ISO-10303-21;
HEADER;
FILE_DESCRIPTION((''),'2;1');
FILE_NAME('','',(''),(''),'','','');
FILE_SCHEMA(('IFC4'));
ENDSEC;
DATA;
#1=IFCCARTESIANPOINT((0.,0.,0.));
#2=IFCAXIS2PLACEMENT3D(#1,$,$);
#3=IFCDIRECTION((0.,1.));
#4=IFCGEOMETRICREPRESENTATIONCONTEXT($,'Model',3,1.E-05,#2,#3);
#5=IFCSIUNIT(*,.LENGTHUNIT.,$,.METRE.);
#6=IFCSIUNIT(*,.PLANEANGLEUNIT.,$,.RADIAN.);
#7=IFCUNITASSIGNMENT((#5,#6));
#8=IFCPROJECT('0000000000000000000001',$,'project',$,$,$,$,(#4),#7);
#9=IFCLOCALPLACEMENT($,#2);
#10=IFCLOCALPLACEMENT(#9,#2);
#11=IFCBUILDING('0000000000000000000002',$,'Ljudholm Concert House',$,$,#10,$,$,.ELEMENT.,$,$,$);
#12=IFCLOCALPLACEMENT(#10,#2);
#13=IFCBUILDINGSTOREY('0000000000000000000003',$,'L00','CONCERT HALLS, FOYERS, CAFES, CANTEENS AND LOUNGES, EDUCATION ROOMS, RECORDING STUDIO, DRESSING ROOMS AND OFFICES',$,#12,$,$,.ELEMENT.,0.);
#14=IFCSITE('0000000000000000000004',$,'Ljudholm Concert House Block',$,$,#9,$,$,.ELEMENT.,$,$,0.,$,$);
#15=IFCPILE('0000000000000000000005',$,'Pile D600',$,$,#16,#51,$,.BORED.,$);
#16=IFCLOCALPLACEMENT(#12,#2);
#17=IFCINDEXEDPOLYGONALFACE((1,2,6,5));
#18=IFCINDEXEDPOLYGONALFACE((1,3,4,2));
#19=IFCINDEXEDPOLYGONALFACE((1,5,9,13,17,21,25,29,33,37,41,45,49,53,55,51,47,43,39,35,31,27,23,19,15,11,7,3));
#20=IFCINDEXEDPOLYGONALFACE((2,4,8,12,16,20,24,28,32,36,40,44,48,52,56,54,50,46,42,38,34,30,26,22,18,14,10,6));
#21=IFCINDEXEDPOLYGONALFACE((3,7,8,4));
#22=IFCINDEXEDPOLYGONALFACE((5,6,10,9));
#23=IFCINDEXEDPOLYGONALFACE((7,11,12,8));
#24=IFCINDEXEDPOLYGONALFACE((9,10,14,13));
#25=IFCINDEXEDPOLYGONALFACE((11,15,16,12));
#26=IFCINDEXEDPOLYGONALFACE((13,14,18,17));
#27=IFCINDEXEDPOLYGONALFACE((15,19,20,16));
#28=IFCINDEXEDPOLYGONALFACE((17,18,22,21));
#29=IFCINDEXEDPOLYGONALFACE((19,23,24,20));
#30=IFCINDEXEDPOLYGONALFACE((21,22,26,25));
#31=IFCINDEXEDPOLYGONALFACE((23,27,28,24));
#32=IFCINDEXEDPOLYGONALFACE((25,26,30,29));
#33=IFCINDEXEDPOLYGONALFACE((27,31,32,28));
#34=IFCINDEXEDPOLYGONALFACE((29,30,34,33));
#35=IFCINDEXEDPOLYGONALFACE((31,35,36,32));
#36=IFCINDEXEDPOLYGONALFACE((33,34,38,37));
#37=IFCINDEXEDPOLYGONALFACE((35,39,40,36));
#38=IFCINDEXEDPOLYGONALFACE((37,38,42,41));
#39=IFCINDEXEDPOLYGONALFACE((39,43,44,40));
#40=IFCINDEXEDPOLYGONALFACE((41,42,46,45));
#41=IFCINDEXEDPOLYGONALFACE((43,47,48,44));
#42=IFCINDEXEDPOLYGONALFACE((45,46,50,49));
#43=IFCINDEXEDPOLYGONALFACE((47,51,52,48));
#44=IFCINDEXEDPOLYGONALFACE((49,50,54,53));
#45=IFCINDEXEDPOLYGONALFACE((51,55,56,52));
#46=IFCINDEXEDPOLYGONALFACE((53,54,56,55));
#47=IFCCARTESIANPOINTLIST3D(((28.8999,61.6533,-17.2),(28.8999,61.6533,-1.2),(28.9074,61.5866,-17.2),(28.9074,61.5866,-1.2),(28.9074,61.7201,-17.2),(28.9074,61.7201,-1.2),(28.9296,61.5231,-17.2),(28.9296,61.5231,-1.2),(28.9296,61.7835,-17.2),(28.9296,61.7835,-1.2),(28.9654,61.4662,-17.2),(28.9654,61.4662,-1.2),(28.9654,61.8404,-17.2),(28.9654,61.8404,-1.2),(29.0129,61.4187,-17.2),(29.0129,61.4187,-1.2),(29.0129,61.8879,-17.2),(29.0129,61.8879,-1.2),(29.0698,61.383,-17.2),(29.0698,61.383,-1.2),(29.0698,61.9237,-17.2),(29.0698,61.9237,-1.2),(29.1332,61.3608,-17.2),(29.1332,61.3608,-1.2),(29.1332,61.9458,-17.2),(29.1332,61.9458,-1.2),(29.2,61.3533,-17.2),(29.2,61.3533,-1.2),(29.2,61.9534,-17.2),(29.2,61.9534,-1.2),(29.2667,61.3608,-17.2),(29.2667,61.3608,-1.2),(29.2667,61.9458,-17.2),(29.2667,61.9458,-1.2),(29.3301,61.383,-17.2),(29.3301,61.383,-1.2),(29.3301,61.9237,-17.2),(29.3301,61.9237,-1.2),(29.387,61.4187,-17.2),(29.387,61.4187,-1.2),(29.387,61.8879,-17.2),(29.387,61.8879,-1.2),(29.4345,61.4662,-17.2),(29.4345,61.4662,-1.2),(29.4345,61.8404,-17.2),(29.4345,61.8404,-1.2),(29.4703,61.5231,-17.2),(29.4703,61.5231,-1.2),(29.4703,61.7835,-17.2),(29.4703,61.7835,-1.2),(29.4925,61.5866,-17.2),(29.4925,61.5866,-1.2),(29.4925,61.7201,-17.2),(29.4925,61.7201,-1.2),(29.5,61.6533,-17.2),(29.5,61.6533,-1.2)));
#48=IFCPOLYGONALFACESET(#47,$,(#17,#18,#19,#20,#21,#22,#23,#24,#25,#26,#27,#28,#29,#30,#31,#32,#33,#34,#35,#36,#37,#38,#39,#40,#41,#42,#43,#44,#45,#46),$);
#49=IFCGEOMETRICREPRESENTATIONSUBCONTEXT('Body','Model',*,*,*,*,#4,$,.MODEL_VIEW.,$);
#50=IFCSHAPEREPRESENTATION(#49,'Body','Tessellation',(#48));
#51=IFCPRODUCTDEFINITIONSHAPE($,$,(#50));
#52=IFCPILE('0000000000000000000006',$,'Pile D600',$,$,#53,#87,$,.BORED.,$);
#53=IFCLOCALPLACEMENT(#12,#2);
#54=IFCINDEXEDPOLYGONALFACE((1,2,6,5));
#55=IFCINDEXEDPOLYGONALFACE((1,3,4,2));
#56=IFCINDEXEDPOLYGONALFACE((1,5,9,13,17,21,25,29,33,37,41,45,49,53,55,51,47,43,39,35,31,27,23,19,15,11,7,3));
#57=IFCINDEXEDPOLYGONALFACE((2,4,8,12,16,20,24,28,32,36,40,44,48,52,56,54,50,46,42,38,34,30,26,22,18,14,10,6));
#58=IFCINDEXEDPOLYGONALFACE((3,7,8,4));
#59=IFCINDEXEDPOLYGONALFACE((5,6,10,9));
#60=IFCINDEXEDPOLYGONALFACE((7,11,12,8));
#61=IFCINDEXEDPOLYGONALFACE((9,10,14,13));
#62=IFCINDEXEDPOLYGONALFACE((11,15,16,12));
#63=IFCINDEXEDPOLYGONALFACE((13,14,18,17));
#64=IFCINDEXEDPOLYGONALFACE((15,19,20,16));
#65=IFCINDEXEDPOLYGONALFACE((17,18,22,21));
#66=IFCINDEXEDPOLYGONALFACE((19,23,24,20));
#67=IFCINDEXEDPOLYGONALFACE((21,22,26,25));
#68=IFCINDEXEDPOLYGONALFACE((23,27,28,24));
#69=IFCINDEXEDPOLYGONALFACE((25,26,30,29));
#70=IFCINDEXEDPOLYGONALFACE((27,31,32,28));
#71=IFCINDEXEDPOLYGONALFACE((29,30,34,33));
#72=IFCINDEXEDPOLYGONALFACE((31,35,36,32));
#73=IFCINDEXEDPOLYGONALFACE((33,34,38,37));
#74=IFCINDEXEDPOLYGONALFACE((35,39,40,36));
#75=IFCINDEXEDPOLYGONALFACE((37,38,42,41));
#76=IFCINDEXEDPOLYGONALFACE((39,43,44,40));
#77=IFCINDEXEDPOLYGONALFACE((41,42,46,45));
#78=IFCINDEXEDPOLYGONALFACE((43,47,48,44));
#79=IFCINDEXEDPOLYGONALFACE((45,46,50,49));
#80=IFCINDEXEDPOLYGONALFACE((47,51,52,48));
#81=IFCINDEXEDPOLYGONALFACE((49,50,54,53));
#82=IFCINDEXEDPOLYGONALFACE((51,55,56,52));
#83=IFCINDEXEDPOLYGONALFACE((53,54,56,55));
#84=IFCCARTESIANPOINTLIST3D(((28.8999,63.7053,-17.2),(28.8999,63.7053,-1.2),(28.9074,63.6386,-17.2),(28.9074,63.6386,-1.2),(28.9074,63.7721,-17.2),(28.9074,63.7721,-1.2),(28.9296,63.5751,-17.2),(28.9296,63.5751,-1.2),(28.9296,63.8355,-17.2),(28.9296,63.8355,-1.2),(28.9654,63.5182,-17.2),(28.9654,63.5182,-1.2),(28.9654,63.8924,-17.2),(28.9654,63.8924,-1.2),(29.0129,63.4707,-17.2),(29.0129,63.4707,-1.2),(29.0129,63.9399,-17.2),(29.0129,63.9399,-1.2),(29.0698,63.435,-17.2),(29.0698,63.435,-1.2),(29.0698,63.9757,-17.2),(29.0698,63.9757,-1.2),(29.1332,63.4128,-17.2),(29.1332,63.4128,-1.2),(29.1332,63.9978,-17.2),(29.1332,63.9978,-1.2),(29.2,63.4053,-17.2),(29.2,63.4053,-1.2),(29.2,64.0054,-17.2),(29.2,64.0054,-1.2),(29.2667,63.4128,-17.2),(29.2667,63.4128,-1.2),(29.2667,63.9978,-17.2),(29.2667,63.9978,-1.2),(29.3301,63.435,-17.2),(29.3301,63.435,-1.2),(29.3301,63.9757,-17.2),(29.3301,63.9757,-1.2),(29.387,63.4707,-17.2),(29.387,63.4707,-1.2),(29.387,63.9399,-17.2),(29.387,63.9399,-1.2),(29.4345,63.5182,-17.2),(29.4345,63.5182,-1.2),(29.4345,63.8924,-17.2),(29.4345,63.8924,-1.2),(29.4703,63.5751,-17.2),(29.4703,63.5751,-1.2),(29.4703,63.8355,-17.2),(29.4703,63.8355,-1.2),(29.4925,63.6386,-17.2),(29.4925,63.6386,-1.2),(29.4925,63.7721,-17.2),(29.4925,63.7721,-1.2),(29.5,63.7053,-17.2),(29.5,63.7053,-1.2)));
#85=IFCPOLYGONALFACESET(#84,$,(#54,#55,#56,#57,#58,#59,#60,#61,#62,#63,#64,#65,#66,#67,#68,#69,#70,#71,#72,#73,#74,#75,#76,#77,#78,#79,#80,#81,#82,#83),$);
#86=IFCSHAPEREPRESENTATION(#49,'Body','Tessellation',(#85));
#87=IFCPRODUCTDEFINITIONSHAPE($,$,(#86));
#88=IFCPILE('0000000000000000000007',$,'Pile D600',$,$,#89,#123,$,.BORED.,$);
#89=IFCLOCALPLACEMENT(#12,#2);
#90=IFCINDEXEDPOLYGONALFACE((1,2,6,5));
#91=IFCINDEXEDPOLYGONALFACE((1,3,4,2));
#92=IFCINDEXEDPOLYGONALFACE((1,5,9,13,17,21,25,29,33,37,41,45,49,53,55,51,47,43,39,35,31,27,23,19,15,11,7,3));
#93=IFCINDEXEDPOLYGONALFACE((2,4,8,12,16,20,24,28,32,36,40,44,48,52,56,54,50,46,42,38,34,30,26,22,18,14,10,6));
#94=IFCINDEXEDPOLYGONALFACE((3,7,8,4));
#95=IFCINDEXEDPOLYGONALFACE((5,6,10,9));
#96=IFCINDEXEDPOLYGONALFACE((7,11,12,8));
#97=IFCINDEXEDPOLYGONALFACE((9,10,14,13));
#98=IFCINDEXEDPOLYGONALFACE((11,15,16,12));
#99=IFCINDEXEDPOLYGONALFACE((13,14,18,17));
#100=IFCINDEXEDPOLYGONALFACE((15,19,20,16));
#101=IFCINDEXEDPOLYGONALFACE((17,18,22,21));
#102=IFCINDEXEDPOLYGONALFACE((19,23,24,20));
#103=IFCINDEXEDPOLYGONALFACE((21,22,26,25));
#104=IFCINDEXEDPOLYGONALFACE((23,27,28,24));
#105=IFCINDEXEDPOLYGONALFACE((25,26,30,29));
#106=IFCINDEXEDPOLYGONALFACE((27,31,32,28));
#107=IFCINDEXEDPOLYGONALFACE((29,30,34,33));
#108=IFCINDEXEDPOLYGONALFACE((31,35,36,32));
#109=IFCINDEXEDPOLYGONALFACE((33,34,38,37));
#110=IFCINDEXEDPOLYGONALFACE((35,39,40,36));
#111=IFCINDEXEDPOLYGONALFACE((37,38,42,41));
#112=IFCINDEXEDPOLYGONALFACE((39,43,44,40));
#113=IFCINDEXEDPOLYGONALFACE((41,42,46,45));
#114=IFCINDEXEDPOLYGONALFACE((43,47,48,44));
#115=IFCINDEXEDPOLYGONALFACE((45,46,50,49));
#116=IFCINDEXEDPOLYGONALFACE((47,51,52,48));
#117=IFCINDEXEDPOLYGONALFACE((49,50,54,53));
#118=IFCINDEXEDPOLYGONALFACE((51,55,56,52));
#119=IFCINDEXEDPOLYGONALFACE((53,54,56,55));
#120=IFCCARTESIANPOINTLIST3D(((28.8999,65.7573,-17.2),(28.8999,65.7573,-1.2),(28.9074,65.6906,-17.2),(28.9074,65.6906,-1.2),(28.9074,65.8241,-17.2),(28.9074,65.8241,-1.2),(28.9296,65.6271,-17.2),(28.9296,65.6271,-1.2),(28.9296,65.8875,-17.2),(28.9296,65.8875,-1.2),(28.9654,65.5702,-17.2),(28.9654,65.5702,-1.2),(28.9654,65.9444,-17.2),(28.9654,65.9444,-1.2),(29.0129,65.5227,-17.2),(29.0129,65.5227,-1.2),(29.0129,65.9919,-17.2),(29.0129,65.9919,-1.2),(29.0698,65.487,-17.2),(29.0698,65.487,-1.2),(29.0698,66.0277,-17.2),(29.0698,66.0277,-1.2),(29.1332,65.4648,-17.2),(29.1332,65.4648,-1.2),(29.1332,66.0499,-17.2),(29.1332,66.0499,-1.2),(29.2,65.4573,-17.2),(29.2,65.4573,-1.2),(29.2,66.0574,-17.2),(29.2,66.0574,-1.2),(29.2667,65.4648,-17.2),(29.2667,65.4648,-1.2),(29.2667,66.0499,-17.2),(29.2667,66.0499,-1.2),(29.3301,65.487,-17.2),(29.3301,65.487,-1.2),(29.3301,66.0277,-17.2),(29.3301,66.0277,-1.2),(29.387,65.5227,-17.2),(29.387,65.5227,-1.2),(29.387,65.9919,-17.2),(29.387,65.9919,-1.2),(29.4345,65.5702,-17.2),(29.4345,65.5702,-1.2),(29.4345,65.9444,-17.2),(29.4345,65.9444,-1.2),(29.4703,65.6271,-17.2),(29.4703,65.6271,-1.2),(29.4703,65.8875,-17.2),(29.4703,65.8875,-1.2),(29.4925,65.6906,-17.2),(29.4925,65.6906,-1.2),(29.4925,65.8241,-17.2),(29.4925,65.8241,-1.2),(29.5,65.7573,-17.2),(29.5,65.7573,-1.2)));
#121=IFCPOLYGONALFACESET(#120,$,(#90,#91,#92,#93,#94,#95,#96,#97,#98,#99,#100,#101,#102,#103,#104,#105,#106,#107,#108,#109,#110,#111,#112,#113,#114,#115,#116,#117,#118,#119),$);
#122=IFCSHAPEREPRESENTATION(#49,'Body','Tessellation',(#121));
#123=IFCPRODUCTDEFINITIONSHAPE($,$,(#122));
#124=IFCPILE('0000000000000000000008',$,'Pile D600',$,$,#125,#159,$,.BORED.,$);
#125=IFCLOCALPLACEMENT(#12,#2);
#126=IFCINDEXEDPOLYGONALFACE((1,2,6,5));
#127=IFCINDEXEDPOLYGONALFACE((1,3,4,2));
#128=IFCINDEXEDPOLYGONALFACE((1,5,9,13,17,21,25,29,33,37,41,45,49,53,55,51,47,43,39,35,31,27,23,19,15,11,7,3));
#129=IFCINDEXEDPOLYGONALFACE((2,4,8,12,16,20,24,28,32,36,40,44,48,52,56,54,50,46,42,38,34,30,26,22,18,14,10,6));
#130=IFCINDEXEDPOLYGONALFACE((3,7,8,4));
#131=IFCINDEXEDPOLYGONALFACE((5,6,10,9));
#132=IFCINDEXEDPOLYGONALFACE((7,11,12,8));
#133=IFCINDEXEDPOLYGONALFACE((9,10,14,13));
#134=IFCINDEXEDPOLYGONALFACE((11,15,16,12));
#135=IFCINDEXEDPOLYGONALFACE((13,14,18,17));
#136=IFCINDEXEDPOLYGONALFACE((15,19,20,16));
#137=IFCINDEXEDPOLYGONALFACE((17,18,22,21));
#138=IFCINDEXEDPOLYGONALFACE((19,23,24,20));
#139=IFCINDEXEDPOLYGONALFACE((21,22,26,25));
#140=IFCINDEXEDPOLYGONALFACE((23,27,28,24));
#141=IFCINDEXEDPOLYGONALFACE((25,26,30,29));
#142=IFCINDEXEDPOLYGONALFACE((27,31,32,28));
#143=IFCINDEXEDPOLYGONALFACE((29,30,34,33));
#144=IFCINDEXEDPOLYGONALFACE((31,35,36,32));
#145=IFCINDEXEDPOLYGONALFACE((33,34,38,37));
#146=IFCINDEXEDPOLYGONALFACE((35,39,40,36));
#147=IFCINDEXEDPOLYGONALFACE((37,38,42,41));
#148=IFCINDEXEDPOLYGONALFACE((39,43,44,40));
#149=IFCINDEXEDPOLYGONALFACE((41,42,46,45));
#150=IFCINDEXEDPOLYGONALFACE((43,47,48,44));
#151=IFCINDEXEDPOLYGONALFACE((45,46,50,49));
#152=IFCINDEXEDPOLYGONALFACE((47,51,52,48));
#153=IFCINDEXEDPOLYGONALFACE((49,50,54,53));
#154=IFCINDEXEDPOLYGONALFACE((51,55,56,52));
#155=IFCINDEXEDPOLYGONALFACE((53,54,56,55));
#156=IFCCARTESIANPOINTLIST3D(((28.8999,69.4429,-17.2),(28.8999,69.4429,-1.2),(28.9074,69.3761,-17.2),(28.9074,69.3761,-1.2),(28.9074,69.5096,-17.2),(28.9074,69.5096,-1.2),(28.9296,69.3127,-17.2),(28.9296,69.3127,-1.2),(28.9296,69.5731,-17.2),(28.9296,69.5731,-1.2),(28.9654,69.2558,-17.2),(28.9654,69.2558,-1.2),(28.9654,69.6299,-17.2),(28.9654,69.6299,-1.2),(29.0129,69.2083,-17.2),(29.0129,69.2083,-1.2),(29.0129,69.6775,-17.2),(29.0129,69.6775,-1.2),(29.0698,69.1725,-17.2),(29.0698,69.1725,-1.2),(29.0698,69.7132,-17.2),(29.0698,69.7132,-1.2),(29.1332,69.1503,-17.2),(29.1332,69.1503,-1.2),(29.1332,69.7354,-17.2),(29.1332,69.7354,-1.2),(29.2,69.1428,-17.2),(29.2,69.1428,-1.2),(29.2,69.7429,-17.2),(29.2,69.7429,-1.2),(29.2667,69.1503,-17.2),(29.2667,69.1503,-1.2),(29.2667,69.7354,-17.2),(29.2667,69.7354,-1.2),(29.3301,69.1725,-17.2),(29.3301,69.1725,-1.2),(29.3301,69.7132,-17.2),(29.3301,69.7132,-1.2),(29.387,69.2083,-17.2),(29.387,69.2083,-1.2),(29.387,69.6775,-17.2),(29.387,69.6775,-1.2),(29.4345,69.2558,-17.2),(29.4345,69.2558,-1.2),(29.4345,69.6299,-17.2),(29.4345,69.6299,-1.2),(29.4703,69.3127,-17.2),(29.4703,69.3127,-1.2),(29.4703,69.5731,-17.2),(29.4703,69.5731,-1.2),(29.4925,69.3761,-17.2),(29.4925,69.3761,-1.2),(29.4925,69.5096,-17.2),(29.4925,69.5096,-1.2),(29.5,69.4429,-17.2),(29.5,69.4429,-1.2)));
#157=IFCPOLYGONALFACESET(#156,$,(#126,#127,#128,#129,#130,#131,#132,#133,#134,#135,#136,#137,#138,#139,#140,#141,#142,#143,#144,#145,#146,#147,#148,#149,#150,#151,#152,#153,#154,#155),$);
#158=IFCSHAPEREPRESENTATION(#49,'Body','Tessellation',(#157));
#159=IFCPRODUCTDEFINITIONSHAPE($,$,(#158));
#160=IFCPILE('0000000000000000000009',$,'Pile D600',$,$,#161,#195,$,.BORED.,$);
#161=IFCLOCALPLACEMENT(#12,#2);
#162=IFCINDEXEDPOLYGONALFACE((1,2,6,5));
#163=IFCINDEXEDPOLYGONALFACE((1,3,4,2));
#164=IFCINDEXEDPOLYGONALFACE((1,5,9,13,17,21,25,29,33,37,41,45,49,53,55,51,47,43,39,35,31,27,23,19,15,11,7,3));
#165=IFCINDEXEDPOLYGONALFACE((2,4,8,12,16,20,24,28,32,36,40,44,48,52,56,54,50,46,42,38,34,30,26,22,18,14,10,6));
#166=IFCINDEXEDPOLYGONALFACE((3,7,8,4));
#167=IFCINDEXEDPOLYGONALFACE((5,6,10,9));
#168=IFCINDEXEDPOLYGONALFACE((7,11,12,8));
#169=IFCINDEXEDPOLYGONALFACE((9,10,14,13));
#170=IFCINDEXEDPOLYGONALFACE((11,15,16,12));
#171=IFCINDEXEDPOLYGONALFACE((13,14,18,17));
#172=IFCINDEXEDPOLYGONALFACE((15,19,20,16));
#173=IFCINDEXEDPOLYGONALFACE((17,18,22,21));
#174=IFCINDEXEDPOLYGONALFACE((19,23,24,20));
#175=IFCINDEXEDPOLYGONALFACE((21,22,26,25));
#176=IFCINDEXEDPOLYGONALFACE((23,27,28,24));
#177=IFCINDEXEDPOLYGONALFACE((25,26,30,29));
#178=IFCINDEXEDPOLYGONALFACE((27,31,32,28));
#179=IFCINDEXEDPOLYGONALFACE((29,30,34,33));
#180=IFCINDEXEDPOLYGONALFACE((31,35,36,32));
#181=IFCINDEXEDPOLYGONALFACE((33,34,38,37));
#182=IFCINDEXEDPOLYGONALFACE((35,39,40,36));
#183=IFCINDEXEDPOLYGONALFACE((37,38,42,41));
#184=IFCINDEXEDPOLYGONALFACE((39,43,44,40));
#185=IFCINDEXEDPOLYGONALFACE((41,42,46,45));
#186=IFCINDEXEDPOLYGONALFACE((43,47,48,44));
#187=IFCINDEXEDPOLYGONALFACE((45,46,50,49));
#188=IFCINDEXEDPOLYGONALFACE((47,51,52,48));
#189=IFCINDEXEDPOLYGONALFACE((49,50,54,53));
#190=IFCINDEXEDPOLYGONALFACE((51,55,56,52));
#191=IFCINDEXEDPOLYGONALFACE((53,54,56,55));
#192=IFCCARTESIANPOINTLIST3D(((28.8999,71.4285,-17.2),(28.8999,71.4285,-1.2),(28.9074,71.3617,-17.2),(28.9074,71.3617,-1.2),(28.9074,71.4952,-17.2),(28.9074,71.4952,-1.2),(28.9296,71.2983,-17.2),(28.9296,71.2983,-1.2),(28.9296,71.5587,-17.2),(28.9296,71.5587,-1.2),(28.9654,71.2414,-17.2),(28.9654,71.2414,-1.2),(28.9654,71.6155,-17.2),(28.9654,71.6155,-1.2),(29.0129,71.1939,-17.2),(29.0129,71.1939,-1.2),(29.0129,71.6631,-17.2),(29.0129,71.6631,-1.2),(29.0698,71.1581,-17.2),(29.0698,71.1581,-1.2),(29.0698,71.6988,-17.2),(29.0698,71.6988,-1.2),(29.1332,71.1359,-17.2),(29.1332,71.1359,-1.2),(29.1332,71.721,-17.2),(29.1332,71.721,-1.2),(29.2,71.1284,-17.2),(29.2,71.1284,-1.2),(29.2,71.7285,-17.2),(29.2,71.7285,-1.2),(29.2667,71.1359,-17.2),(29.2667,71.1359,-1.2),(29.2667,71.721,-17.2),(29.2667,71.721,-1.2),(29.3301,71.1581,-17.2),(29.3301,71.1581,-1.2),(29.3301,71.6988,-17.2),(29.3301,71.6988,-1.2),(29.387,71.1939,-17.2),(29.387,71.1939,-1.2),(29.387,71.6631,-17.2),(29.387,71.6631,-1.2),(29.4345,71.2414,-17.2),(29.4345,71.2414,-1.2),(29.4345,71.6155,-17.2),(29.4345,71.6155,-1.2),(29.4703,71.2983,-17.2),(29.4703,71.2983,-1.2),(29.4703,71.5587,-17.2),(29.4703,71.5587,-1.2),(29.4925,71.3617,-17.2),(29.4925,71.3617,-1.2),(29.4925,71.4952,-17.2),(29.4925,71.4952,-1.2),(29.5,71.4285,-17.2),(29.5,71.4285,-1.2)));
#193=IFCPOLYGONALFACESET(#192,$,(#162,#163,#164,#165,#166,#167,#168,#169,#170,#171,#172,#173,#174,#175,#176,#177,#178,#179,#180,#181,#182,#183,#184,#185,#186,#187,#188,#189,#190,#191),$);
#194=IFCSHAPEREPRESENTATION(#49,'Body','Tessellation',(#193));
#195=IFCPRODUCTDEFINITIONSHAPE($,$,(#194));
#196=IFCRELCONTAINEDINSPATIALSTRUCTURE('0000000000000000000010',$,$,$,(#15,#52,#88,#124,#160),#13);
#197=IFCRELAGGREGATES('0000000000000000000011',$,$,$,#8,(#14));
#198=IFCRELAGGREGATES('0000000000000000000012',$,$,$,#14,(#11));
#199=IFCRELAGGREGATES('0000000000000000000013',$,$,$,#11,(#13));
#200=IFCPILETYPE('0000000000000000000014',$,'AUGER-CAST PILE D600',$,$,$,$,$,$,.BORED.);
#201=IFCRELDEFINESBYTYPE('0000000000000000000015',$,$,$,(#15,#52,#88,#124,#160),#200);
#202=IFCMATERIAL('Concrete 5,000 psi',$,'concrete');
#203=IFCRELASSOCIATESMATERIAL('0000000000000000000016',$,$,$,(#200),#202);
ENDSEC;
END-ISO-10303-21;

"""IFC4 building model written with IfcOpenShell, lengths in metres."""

from ifc_helpers import new_model, si_unit, direction, frame, origin, origin_2d, place, context, subcontext, project, spatial, circle, extrude, material, material_profile, profile_set, type_object, element, save


model = new_model("IFC4")

# Units and contexts
model_context = context("Model", 3, precision=1e-05, world=origin(), true_north=direction((0.0, 1.0)))
body_context = subcontext(model_context, "Body", "Model", "MODEL_VIEW")
ifc_project = project(units=[si_unit("LENGTHUNIT", "METRE"), si_unit("PLANEANGLEUNIT", "RADIAN")], contexts=[model_context])

# Site, building, storey
site_placement = place(None, origin())
site = spatial("IfcSite", under=ifc_project, at=site_placement, Name="Ljudholm Concert House Block", CompositionType="ELEMENT", RefElevation=0.0)
building_placement = place(site_placement, origin())
building = spatial("IfcBuilding", under=site, at=building_placement, Name="Ljudholm Concert House", CompositionType="ELEMENT")
storey_placement = place(building_placement, origin())
storey = spatial("IfcBuildingStorey", under=building, at=storey_placement, Name="L00", Description="CONCERT HALLS, FOYERS, CAFES, CANTEENS AND LOUNGES, EDUCATION ROOMS, RECORDING STUDIO, DRESSING ROOMS AND OFFICES", CompositionType="ELEMENT", Elevation=0.0)

# Piles
ifc_material_1 = material(Name="Concrete 5,000 psi", Category="concrete")
ifc_material_profile_1 = material_profile(ifc_material_1, circle(Radius=0.3, at=origin_2d()), Name="AUGER-CAST PILE D600")
ifc_profile_set_1 = profile_set([ifc_material_profile_1], Name="Concrete 5,000 psi")
pile_type = type_object("IfcPileType", Name="AUGER-CAST PILE D600", PredefinedType="BORED", material=ifc_profile_set_1)
for number, where, z_axis, x_axis, name in (
    (1, (29.2, 61.6533, -1.2), (0.0, 0.0, -1.0), (1.0, 0.0, 0.0), "Pile D600"),
    (2, (29.2, 63.7053, -1.2), (0.0, 0.0, -1.0), (1.0, 0.0, 0.0), "Pile D600"),
    (3, (29.2, 65.7573, -1.2), (0.0, 0.0, -1.0), (1.0, 0.0, 0.0), "Pile D600"),
    (4, (29.2, 69.4429, -1.2), (0.0, 0.0, -1.0), (1.0, 0.0, 0.0), "Pile D600"),
    (5, (29.2, 71.4285, -1.2), (0.0, 0.0, -1.0), (1.0, 0.0, 0.0), "Pile D600"),
):
    element("IfcPile", number, at=place(storey_placement, frame(where, z_axis=z_axis, x_axis=x_axis)), inside=storey, type_object=pile_type, Name=name, PredefinedType="BORED", context=body_context, shape_type="SweptSolid", body=[
        extrude(circle(Radius=0.3, at=origin_2d()), origin(), (0.0, 0.0, 1.0), 16.0),
    ])

save(model, "model.ifc")
